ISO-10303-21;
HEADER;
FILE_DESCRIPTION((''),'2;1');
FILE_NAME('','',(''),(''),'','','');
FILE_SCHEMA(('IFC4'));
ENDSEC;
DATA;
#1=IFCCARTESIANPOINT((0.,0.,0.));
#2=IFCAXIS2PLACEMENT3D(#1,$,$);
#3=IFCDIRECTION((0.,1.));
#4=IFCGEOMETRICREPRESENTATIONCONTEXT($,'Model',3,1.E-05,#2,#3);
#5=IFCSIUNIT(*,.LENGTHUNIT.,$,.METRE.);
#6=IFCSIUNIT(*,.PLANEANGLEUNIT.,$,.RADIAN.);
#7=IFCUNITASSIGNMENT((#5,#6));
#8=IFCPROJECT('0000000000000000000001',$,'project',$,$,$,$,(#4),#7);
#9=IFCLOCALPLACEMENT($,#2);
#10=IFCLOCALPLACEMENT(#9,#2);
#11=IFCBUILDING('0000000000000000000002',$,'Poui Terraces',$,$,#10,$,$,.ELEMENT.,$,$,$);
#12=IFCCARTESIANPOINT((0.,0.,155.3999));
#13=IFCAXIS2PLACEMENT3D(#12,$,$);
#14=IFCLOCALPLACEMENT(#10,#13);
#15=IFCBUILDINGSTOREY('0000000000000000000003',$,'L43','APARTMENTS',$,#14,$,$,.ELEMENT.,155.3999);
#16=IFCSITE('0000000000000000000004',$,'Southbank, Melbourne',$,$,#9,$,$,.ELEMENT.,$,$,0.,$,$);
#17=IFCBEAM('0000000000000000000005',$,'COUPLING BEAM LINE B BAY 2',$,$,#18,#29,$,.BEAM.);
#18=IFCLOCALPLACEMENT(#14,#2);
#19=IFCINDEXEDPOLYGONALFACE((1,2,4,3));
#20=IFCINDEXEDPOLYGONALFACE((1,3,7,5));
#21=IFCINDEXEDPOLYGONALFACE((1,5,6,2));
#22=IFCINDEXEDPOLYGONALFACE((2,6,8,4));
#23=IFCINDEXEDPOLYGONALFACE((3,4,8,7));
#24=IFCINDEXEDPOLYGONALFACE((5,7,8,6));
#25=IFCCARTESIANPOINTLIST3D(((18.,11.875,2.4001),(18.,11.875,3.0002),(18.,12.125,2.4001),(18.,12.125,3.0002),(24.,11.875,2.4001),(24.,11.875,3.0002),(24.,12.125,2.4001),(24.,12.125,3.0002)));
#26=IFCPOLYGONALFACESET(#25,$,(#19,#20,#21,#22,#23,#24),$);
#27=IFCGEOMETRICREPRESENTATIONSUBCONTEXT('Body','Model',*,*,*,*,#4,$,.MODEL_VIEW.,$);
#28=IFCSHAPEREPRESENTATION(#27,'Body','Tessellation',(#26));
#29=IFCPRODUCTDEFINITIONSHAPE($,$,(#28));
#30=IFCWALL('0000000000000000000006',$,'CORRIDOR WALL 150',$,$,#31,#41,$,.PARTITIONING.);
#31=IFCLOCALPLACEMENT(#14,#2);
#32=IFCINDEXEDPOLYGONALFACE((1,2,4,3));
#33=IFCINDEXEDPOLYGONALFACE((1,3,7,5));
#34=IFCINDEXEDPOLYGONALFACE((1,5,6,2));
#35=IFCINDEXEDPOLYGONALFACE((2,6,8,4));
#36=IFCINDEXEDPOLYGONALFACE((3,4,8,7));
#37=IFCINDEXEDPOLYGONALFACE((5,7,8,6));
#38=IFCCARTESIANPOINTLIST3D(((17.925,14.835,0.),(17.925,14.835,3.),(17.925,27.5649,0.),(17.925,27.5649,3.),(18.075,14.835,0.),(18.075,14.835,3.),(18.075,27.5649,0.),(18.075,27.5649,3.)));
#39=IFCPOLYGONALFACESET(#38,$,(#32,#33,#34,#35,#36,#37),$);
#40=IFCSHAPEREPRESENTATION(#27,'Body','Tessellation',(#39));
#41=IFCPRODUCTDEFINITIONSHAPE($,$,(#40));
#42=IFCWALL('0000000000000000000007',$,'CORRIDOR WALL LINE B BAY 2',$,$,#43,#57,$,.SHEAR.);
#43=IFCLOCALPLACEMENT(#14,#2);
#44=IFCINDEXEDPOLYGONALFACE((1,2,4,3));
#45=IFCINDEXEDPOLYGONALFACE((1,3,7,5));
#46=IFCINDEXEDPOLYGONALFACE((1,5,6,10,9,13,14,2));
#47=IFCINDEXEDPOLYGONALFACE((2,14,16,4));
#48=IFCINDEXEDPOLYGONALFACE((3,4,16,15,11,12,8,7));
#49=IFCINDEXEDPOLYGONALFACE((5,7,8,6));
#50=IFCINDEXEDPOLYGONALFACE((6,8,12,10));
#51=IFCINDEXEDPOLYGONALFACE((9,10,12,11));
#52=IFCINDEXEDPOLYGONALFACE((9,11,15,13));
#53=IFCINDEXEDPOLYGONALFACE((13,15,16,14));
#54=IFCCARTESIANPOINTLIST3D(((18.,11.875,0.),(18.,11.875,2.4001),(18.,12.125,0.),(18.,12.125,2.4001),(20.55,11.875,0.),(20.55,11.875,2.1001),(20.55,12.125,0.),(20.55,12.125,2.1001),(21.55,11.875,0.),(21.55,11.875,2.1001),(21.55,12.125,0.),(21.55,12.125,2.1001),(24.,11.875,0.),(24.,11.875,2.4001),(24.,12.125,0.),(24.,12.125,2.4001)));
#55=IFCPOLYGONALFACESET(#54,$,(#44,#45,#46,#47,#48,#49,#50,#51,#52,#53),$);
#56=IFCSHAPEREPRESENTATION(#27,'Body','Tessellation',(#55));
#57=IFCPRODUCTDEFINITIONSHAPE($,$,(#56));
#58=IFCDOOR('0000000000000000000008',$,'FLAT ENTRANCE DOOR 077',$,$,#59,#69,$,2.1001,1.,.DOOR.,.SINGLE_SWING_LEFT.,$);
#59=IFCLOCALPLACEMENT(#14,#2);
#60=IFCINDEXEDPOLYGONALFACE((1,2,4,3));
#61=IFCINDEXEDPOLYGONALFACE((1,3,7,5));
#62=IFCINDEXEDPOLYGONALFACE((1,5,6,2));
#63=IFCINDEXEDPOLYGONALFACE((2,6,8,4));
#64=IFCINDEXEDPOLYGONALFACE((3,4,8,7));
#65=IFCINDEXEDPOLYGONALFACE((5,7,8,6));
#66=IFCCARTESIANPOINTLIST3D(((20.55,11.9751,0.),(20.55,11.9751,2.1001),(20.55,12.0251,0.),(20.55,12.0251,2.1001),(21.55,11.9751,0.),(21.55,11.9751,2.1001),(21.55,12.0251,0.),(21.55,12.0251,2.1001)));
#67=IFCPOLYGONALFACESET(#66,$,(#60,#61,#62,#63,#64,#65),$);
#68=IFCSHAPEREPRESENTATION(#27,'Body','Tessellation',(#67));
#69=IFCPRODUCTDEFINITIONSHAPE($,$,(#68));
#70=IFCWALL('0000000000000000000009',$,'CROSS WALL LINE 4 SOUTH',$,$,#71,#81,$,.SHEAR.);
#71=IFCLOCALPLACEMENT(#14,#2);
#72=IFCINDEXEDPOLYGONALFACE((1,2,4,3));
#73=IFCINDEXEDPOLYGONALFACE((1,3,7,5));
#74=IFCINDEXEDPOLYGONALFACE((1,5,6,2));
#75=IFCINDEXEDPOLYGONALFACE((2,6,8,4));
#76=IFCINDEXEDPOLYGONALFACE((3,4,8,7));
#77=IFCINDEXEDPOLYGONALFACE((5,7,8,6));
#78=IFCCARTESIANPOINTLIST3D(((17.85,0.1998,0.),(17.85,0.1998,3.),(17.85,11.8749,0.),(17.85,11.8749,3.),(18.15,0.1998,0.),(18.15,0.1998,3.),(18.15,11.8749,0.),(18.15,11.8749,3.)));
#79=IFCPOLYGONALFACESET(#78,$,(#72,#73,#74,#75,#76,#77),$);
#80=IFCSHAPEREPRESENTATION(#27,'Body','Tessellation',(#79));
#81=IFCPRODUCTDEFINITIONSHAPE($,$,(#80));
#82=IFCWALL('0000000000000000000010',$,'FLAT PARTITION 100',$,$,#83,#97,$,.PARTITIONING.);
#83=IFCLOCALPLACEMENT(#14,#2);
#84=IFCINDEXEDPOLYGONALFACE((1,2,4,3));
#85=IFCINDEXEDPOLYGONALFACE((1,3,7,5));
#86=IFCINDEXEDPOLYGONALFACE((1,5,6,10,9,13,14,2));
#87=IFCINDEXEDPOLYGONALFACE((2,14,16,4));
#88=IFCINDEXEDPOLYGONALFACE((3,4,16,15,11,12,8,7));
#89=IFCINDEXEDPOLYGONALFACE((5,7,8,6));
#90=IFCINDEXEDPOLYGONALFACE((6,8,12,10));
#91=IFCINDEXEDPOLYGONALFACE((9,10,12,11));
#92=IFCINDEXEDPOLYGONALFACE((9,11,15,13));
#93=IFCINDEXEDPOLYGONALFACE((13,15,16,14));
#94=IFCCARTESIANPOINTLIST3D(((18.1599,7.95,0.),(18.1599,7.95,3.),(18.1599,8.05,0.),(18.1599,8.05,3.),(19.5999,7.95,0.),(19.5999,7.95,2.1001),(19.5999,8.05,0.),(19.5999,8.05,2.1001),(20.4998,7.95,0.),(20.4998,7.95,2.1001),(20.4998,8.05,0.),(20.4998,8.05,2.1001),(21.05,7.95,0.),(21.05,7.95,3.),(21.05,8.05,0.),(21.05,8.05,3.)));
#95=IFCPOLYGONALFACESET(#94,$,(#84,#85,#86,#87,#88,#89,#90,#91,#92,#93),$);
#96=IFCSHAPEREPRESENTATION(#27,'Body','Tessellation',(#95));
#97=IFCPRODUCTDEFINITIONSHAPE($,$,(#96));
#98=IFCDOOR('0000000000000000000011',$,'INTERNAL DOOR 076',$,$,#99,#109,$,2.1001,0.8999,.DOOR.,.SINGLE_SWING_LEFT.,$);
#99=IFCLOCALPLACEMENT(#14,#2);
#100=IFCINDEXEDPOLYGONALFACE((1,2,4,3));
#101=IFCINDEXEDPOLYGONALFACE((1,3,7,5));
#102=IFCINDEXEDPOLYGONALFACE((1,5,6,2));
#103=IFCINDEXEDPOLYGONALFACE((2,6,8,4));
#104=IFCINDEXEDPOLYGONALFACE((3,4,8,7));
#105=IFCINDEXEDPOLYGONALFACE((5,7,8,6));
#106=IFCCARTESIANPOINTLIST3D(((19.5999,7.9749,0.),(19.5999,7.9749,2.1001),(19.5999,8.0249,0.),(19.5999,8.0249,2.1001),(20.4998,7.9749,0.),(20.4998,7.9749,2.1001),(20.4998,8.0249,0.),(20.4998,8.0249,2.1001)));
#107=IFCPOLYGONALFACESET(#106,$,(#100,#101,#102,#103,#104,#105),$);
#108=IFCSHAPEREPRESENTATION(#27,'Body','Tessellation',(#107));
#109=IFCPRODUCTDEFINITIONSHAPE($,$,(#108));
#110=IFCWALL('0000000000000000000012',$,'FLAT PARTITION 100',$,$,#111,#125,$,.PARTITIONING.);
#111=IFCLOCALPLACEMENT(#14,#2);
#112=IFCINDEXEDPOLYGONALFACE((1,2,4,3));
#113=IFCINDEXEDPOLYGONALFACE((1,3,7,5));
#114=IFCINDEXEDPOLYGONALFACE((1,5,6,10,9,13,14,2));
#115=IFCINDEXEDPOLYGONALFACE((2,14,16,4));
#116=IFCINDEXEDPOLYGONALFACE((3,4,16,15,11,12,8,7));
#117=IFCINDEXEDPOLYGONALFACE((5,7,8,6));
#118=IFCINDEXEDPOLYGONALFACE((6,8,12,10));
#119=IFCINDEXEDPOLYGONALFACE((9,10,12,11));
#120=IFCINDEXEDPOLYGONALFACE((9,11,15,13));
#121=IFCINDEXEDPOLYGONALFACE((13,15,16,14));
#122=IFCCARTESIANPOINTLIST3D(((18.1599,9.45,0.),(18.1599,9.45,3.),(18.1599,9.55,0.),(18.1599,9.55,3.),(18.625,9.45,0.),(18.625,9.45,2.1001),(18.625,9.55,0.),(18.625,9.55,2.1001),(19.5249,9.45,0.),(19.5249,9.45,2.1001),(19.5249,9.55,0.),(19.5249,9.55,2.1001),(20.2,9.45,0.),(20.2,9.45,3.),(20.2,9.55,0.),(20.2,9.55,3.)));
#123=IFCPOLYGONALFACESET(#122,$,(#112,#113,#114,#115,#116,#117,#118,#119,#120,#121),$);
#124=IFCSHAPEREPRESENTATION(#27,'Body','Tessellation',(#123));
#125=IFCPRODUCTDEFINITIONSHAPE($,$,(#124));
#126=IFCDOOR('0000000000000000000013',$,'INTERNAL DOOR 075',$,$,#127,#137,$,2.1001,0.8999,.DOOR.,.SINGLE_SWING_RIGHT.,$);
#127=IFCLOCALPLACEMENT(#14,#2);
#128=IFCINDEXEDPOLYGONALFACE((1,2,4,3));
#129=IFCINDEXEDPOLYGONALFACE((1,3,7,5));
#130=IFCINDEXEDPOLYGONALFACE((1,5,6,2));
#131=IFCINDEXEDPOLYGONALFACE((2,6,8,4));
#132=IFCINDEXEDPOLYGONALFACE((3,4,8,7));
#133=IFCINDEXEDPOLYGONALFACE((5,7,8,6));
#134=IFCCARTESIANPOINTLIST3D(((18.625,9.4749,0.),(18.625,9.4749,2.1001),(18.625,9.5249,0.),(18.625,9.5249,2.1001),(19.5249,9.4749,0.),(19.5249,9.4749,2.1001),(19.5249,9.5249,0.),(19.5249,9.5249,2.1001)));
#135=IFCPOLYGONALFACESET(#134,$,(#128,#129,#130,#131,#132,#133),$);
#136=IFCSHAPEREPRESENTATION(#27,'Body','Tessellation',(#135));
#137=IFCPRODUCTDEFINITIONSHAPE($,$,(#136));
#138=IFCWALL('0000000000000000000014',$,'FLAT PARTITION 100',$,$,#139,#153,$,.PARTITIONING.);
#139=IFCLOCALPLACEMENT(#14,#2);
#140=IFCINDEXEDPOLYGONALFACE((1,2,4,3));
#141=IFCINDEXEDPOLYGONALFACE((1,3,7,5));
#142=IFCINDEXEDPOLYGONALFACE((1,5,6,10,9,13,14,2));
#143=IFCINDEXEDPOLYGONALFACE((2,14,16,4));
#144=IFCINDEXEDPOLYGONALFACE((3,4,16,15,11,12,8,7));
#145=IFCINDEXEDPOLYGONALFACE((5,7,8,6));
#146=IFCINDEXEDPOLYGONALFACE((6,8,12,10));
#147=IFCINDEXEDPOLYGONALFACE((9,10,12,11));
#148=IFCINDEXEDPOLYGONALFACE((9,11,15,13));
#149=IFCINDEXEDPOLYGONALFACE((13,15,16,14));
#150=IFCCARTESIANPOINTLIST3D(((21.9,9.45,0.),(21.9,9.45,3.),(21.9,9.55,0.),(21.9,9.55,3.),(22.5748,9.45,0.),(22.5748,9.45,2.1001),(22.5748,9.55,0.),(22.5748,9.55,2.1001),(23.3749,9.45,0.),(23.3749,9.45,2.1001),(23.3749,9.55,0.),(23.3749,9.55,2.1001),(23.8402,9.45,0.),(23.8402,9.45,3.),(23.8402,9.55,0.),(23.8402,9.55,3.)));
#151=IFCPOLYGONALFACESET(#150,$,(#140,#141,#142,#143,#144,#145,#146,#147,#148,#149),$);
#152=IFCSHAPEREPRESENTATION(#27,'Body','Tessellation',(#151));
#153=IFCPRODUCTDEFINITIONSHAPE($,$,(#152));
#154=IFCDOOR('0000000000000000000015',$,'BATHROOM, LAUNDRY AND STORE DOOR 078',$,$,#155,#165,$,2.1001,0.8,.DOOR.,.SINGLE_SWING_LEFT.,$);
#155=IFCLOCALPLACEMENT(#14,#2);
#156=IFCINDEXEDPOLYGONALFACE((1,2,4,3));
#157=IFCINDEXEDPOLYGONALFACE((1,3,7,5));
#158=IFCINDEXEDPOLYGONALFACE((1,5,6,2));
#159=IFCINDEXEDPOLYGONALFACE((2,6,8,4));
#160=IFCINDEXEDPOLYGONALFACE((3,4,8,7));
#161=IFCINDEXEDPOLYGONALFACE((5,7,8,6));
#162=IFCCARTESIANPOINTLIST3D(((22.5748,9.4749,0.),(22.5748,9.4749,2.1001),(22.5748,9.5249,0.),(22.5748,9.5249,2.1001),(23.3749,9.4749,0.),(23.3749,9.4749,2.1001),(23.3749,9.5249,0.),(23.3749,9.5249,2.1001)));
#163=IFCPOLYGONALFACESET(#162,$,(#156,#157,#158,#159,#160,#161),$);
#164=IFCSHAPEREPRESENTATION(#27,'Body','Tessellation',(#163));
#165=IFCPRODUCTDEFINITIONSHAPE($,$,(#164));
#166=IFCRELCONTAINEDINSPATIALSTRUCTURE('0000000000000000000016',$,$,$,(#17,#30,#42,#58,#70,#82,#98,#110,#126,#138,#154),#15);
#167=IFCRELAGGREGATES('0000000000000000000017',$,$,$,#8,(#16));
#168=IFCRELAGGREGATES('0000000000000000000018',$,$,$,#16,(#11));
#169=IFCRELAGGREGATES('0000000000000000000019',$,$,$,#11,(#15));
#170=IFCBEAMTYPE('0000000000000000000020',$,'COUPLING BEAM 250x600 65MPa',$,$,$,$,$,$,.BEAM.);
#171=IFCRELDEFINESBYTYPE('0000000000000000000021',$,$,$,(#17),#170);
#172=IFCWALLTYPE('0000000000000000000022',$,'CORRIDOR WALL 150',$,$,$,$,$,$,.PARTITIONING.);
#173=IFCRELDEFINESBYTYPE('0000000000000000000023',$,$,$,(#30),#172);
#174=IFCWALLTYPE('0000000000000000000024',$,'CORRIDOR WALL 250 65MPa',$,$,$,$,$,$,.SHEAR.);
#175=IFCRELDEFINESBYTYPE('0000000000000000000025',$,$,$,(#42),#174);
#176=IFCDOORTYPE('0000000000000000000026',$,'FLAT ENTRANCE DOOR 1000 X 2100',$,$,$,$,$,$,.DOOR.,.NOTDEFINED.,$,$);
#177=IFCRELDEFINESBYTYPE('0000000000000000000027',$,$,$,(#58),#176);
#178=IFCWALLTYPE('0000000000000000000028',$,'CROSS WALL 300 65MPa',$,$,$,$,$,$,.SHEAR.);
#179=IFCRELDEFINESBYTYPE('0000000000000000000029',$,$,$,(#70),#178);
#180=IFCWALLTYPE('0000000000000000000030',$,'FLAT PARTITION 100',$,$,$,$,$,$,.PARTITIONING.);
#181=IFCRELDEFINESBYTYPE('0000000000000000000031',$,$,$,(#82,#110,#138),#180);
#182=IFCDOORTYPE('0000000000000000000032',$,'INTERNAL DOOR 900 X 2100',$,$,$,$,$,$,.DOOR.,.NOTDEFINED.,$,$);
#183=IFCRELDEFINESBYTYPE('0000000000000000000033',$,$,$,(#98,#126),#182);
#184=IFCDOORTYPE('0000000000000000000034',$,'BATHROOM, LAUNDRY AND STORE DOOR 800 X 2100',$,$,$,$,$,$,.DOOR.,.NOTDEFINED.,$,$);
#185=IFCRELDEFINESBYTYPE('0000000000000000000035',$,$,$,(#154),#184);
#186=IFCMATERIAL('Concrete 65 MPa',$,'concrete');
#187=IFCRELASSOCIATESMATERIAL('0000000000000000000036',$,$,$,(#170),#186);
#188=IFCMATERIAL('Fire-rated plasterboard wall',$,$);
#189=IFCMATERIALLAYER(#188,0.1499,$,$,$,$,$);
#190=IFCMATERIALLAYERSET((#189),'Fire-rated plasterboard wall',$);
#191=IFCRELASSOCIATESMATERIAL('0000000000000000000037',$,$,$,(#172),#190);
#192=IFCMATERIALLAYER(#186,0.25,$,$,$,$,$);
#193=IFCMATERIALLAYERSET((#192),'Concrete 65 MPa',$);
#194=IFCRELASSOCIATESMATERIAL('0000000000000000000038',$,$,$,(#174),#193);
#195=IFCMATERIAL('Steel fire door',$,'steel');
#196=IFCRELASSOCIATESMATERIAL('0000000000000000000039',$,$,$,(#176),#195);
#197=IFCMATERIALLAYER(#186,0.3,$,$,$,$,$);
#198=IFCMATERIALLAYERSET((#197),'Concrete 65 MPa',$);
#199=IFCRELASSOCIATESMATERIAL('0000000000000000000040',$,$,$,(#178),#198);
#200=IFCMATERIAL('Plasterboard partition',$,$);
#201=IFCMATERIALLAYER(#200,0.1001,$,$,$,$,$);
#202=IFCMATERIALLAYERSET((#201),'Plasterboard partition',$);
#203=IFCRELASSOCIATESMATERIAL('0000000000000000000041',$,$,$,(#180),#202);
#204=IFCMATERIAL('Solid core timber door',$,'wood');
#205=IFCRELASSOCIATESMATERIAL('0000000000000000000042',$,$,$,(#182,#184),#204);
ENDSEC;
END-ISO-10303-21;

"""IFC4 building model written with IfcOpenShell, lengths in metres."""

from ifc_helpers import new_model, si_unit, direction, frame, frame_2d, origin, origin_2d, place, context, subcontext, project, spatial, rectangle, extrude, source, transform, mapped, material, layer, layer_set, material_profile, profile_set, type_object, element, fill, save


model = new_model("IFC4")

# Units and contexts
model_context = context("Model", 3, precision=1e-05, world=origin(), true_north=direction((0.0, 1.0)))
body_context = subcontext(model_context, "Body", "Model", "MODEL_VIEW")
ifc_project = project(units=[si_unit("LENGTHUNIT", "METRE"), si_unit("PLANEANGLEUNIT", "RADIAN")], contexts=[model_context])

# Site, building, storey
site_placement = place(None, origin())
site = spatial("IfcSite", under=ifc_project, at=site_placement, Name="Southbank, Melbourne", CompositionType="ELEMENT", RefElevation=0.0)
building_placement = place(site_placement, origin())
building = spatial("IfcBuilding", under=site, at=building_placement, Name="Poui Terraces", CompositionType="ELEMENT")
storey_placement = place(building_placement, frame((0.0, 0.0, 155.3999)))
storey = spatial("IfcBuildingStorey", under=building, at=storey_placement, Name="L43", Description="APARTMENTS", CompositionType="ELEMENT", Elevation=155.3999)

# Beam
ifc_material_1 = material(Name="Concrete 65 MPa", Category="concrete")
ifc_material_profile = material_profile(ifc_material_1, rectangle(XDim=0.25, YDim=0.6001, at=origin_2d()), Name="RC 250x600")
ifc_profile_set = profile_set([ifc_material_profile], Name="Concrete 65 MPa")
beam_type = type_object("IfcBeamType", Name="COUPLING BEAM 250x600 65MPa", PredefinedType="BEAM", material=ifc_profile_set)
shared_shape_1 = source(origin(), body_context, "Body", "SweptSolid", [
    extrude(rectangle(XDim=0.25, YDim=0.6001, at=origin_2d()), origin(), (0.0, 0.0, 1.0), 6.0),
])
beam_placement = place(storey_placement, frame((18.0, 12.0, 2.7002), z_axis=(1.0, 0.0, 0.0), x_axis=(0.0, 1.0, 0.0)))
element("IfcBeam", 1, at=beam_placement, inside=storey, type_object=beam_type, Name="COUPLING BEAM LINE B BAY 2", PredefinedType="BEAM", context=body_context, shape_type="MappedRepresentation", body=[
    mapped(shared_shape_1, transform((0.0, 0.0, 0.0))),
])

# Wall
ifc_material_2 = material(Name="Fire-rated plasterboard wall")
ifc_layer_1 = layer(ifc_material_2, 0.1499)
ifc_layer_set_1 = layer_set([ifc_layer_1], Name="Fire-rated plasterboard wall")
wall_type_1 = type_object("IfcWallType", Name="CORRIDOR WALL 150", PredefinedType="PARTITIONING", material=ifc_layer_set_1)
wall_1_placement = place(storey_placement, frame((18.0, 14.835, 0.0), z_axis=(0.0, 0.0, 1.0), x_axis=(0.0, 1.0, 0.0)))
element("IfcWall", 2, at=wall_1_placement, inside=storey, type_object=wall_type_1, Name="CORRIDOR WALL 150", PredefinedType="PARTITIONING", context=body_context, shape_type="SweptSolid", body=[
    extrude(rectangle(XDim=12.73, YDim=0.1499, at=frame_2d((6.365, 0.0))), origin(), (0.0, 0.0, 1.0), 3.0),
])

# Wall, opening, door
ifc_layer_2 = layer(ifc_material_1, 0.25)
ifc_layer_set_2 = layer_set([ifc_layer_2], Name="Concrete 65 MPa")
wall_type_2 = type_object("IfcWallType", Name="CORRIDOR WALL 250 65MPa", PredefinedType="SHEAR", material=ifc_layer_set_2)
wall_2_placement = place(storey_placement, frame((18.0, 12.0, 0.0), z_axis=(0.0, 0.0, 1.0), x_axis=(1.0, 0.0, 0.0)))
wall_2 = element("IfcWall", 3, at=wall_2_placement, inside=storey, type_object=wall_type_2, Name="CORRIDOR WALL LINE B BAY 2", PredefinedType="SHEAR", context=body_context, shape_type="SweptSolid", body=[
    extrude(rectangle(XDim=6.0, YDim=0.25, at=frame_2d((3.0, 0.0))), origin(), (0.0, 0.0, 1.0), 2.4001),
])
opening_1_placement = place(wall_2_placement, frame((2.55, 0.0, 0.0)))
opening_1 = element("IfcOpeningElement", 4, at=opening_1_placement, cuts=wall_2, PredefinedType="OPENING", context=body_context, shape_type="SweptSolid", body=[
    extrude(rectangle(XDim=1.0, YDim=2.1001, at=frame_2d((0.5, 1.05))), frame((0.0, 0.135, 0.0), z_axis=(0.0, -1.0, 0.0), x_axis=(1.0, 0.0, 0.0)), (0.0, 0.0, 1.0), 0.27),
])
ifc_material_3 = material(Name="Steel fire door", Category="steel")
door_type_1 = type_object("IfcDoorType", Name="FLAT ENTRANCE DOOR 1000 X 2100", OperationType="NOTDEFINED", PredefinedType="DOOR", material=ifc_material_3)
door_1_placement = place(opening_1_placement, frame((1.0, 0.0, 0.0), z_axis=(0.0, 0.0, 1.0), x_axis=(-1.0, 0.0, 0.0)))
door_1 = element("IfcDoor", 5, at=door_1_placement, inside=storey, type_object=door_type_1, Name="FLAT ENTRANCE DOOR 077", OperationType="SINGLE_SWING_LEFT", OverallHeight=2.1001, OverallWidth=1.0, PredefinedType="DOOR", context=body_context, shape_type="SweptSolid", body=[
    extrude(rectangle(XDim=1.0, YDim=2.1001, at=frame_2d((0.5, 1.05))), frame((0.0, 0.0249, 0.0), z_axis=(0.0, -1.0, 0.0), x_axis=(1.0, 0.0, 0.0)), (0.0, 0.0, 1.0), 0.05),
])
fill(opening_1, door_1)

# Wall
ifc_layer_3 = layer(ifc_material_1, 0.3)
ifc_layer_set_3 = layer_set([ifc_layer_3], Name="Concrete 65 MPa")
wall_type_3 = type_object("IfcWallType", Name="CROSS WALL 300 65MPa", PredefinedType="SHEAR", material=ifc_layer_set_3)
wall_3_placement = place(storey_placement, frame((18.0, 0.2, 0.0), z_axis=(0.0, 0.0, 1.0), x_axis=(0.0, 1.0, 0.0)))
element("IfcWall", 6, at=wall_3_placement, inside=storey, type_object=wall_type_3, Name="CROSS WALL LINE 4 SOUTH", PredefinedType="SHEAR", context=body_context, shape_type="SweptSolid", body=[
    extrude(rectangle(XDim=11.675, YDim=0.3, at=frame_2d((5.8374, 0.0))), origin(), (0.0, 0.0, 1.0), 3.0),
])

# Walls, openings, doors
ifc_material_4 = material(Name="Plasterboard partition")
ifc_layer_4 = layer(ifc_material_4, 0.1001)
ifc_layer_set_4 = layer_set([ifc_layer_4], Name="Plasterboard partition")
wall_type_4 = type_object("IfcWallType", Name="FLAT PARTITION 100", PredefinedType="PARTITIONING", material=ifc_layer_set_4)
wall_4_placement = place(storey_placement, frame((18.1599, 8.0, 0.0), z_axis=(0.0, 0.0, 1.0), x_axis=(1.0, 0.0, 0.0)))
wall_4 = element("IfcWall", 7, at=wall_4_placement, inside=storey, type_object=wall_type_4, Name="FLAT PARTITION 100", PredefinedType="PARTITIONING", context=body_context, shape_type="SweptSolid", body=[
    extrude(rectangle(XDim=2.8901, YDim=0.1001, at=frame_2d((1.4451, 0.0))), origin(), (0.0, 0.0, 1.0), 3.0),
])
opening_2_placement = place(wall_4_placement, frame((1.4399, 0.0, 0.0)))
opening_2 = element("IfcOpeningElement", 8, at=opening_2_placement, cuts=wall_4, PredefinedType="OPENING", context=body_context, shape_type="SweptSolid", body=[
    extrude(rectangle(XDim=0.8999, YDim=2.1001, at=frame_2d((0.45, 1.05))), frame((0.0, 0.0601, 0.0), z_axis=(0.0, -1.0, 0.0), x_axis=(1.0, 0.0, 0.0)), (0.0, 0.0, 1.0), 0.1201),
])
ifc_material_5 = material(Name="Solid core timber door", Category="wood")
door_type_2 = type_object("IfcDoorType", Name="INTERNAL DOOR 900 X 2100", OperationType="NOTDEFINED", PredefinedType="DOOR", material=ifc_material_5)
door_2_placement = place(opening_2_placement, origin())
door_2 = element("IfcDoor", 9, at=door_2_placement, inside=storey, type_object=door_type_2, Name="INTERNAL DOOR 076", OperationType="SINGLE_SWING_LEFT", OverallHeight=2.1001, OverallWidth=0.8999, PredefinedType="DOOR", context=body_context, shape_type="SweptSolid", body=[
    extrude(rectangle(XDim=0.8999, YDim=2.1001, at=frame_2d((0.45, 1.05))), frame((0.0, 0.0249, 0.0), z_axis=(0.0, -1.0, 0.0), x_axis=(1.0, 0.0, 0.0)), (0.0, 0.0, 1.0), 0.05),
])
fill(opening_2, door_2)
wall_5_placement = place(storey_placement, frame((18.1599, 9.5, 0.0), z_axis=(0.0, 0.0, 1.0), x_axis=(1.0, 0.0, 0.0)))
wall_5 = element("IfcWall", 10, at=wall_5_placement, inside=storey, type_object=wall_type_4, Name="FLAT PARTITION 100", PredefinedType="PARTITIONING", context=body_context, shape_type="SweptSolid", body=[
    extrude(rectangle(XDim=2.04, YDim=0.1001, at=frame_2d((1.02, 0.0))), origin(), (0.0, 0.0, 1.0), 3.0),
])
opening_3_placement = place(wall_5_placement, frame((0.4651, 0.0, 0.0)))
opening_3 = element("IfcOpeningElement", 11, at=opening_3_placement, cuts=wall_5, PredefinedType="OPENING", context=body_context, shape_type="SweptSolid", body=[
    extrude(rectangle(XDim=0.8999, YDim=2.1001, at=frame_2d((0.45, 1.05))), frame((0.0, 0.0601, 0.0), z_axis=(0.0, -1.0, 0.0), x_axis=(1.0, 0.0, 0.0)), (0.0, 0.0, 1.0), 0.1201),
])
door_3_placement = place(opening_3_placement, origin())
door_3 = element("IfcDoor", 12, at=door_3_placement, inside=storey, type_object=door_type_2, Name="INTERNAL DOOR 075", OperationType="SINGLE_SWING_RIGHT", OverallHeight=2.1001, OverallWidth=0.8999, PredefinedType="DOOR", context=body_context, shape_type="SweptSolid", body=[
    extrude(rectangle(XDim=0.8999, YDim=2.1001, at=frame_2d((0.45, 1.05))), frame((0.0, 0.0249, 0.0), z_axis=(0.0, -1.0, 0.0), x_axis=(1.0, 0.0, 0.0)), (0.0, 0.0, 1.0), 0.05),
])
fill(opening_3, door_3)
wall_6_placement = place(storey_placement, frame((21.8999, 9.5, 0.0), z_axis=(0.0, 0.0, 1.0), x_axis=(1.0, 0.0, 0.0)))
wall_6 = element("IfcWall", 13, at=wall_6_placement, inside=storey, type_object=wall_type_4, Name="FLAT PARTITION 100", PredefinedType="PARTITIONING", context=body_context, shape_type="SweptSolid", body=[
    extrude(rectangle(XDim=1.9402, YDim=0.1001, at=frame_2d((0.9702, 0.0))), origin(), (0.0, 0.0, 1.0), 3.0),
])
opening_4_placement = place(wall_6_placement, frame((0.675, 0.0, 0.0)))
opening_4 = element("IfcOpeningElement", 14, at=opening_4_placement, cuts=wall_6, PredefinedType="OPENING", context=body_context, shape_type="SweptSolid", body=[
    extrude(rectangle(XDim=0.8, YDim=2.1001, at=frame_2d((0.3999, 1.05))), frame((0.0, 0.0601, 0.0), z_axis=(0.0, -1.0, 0.0), x_axis=(1.0, 0.0, 0.0)), (0.0, 0.0, 1.0), 0.1201),
])
door_type_3 = type_object("IfcDoorType", Name="BATHROOM, LAUNDRY AND STORE DOOR 800 X 2100", OperationType="NOTDEFINED", PredefinedType="DOOR", material=ifc_material_5)
door_4_placement = place(opening_4_placement, origin())
door_4 = element("IfcDoor", 15, at=door_4_placement, inside=storey, type_object=door_type_3, Name="BATHROOM, LAUNDRY AND STORE DOOR 078", OperationType="SINGLE_SWING_LEFT", OverallHeight=2.1001, OverallWidth=0.8, PredefinedType="DOOR", context=body_context, shape_type="SweptSolid", body=[
    extrude(rectangle(XDim=0.8, YDim=2.1001, at=frame_2d((0.3999, 1.05))), frame((0.0, 0.0249, 0.0), z_axis=(0.0, -1.0, 0.0), x_axis=(1.0, 0.0, 0.0)), (0.0, 0.0, 1.0), 0.05),
])
fill(opening_4, door_4)

save(model, "model.ifc")
